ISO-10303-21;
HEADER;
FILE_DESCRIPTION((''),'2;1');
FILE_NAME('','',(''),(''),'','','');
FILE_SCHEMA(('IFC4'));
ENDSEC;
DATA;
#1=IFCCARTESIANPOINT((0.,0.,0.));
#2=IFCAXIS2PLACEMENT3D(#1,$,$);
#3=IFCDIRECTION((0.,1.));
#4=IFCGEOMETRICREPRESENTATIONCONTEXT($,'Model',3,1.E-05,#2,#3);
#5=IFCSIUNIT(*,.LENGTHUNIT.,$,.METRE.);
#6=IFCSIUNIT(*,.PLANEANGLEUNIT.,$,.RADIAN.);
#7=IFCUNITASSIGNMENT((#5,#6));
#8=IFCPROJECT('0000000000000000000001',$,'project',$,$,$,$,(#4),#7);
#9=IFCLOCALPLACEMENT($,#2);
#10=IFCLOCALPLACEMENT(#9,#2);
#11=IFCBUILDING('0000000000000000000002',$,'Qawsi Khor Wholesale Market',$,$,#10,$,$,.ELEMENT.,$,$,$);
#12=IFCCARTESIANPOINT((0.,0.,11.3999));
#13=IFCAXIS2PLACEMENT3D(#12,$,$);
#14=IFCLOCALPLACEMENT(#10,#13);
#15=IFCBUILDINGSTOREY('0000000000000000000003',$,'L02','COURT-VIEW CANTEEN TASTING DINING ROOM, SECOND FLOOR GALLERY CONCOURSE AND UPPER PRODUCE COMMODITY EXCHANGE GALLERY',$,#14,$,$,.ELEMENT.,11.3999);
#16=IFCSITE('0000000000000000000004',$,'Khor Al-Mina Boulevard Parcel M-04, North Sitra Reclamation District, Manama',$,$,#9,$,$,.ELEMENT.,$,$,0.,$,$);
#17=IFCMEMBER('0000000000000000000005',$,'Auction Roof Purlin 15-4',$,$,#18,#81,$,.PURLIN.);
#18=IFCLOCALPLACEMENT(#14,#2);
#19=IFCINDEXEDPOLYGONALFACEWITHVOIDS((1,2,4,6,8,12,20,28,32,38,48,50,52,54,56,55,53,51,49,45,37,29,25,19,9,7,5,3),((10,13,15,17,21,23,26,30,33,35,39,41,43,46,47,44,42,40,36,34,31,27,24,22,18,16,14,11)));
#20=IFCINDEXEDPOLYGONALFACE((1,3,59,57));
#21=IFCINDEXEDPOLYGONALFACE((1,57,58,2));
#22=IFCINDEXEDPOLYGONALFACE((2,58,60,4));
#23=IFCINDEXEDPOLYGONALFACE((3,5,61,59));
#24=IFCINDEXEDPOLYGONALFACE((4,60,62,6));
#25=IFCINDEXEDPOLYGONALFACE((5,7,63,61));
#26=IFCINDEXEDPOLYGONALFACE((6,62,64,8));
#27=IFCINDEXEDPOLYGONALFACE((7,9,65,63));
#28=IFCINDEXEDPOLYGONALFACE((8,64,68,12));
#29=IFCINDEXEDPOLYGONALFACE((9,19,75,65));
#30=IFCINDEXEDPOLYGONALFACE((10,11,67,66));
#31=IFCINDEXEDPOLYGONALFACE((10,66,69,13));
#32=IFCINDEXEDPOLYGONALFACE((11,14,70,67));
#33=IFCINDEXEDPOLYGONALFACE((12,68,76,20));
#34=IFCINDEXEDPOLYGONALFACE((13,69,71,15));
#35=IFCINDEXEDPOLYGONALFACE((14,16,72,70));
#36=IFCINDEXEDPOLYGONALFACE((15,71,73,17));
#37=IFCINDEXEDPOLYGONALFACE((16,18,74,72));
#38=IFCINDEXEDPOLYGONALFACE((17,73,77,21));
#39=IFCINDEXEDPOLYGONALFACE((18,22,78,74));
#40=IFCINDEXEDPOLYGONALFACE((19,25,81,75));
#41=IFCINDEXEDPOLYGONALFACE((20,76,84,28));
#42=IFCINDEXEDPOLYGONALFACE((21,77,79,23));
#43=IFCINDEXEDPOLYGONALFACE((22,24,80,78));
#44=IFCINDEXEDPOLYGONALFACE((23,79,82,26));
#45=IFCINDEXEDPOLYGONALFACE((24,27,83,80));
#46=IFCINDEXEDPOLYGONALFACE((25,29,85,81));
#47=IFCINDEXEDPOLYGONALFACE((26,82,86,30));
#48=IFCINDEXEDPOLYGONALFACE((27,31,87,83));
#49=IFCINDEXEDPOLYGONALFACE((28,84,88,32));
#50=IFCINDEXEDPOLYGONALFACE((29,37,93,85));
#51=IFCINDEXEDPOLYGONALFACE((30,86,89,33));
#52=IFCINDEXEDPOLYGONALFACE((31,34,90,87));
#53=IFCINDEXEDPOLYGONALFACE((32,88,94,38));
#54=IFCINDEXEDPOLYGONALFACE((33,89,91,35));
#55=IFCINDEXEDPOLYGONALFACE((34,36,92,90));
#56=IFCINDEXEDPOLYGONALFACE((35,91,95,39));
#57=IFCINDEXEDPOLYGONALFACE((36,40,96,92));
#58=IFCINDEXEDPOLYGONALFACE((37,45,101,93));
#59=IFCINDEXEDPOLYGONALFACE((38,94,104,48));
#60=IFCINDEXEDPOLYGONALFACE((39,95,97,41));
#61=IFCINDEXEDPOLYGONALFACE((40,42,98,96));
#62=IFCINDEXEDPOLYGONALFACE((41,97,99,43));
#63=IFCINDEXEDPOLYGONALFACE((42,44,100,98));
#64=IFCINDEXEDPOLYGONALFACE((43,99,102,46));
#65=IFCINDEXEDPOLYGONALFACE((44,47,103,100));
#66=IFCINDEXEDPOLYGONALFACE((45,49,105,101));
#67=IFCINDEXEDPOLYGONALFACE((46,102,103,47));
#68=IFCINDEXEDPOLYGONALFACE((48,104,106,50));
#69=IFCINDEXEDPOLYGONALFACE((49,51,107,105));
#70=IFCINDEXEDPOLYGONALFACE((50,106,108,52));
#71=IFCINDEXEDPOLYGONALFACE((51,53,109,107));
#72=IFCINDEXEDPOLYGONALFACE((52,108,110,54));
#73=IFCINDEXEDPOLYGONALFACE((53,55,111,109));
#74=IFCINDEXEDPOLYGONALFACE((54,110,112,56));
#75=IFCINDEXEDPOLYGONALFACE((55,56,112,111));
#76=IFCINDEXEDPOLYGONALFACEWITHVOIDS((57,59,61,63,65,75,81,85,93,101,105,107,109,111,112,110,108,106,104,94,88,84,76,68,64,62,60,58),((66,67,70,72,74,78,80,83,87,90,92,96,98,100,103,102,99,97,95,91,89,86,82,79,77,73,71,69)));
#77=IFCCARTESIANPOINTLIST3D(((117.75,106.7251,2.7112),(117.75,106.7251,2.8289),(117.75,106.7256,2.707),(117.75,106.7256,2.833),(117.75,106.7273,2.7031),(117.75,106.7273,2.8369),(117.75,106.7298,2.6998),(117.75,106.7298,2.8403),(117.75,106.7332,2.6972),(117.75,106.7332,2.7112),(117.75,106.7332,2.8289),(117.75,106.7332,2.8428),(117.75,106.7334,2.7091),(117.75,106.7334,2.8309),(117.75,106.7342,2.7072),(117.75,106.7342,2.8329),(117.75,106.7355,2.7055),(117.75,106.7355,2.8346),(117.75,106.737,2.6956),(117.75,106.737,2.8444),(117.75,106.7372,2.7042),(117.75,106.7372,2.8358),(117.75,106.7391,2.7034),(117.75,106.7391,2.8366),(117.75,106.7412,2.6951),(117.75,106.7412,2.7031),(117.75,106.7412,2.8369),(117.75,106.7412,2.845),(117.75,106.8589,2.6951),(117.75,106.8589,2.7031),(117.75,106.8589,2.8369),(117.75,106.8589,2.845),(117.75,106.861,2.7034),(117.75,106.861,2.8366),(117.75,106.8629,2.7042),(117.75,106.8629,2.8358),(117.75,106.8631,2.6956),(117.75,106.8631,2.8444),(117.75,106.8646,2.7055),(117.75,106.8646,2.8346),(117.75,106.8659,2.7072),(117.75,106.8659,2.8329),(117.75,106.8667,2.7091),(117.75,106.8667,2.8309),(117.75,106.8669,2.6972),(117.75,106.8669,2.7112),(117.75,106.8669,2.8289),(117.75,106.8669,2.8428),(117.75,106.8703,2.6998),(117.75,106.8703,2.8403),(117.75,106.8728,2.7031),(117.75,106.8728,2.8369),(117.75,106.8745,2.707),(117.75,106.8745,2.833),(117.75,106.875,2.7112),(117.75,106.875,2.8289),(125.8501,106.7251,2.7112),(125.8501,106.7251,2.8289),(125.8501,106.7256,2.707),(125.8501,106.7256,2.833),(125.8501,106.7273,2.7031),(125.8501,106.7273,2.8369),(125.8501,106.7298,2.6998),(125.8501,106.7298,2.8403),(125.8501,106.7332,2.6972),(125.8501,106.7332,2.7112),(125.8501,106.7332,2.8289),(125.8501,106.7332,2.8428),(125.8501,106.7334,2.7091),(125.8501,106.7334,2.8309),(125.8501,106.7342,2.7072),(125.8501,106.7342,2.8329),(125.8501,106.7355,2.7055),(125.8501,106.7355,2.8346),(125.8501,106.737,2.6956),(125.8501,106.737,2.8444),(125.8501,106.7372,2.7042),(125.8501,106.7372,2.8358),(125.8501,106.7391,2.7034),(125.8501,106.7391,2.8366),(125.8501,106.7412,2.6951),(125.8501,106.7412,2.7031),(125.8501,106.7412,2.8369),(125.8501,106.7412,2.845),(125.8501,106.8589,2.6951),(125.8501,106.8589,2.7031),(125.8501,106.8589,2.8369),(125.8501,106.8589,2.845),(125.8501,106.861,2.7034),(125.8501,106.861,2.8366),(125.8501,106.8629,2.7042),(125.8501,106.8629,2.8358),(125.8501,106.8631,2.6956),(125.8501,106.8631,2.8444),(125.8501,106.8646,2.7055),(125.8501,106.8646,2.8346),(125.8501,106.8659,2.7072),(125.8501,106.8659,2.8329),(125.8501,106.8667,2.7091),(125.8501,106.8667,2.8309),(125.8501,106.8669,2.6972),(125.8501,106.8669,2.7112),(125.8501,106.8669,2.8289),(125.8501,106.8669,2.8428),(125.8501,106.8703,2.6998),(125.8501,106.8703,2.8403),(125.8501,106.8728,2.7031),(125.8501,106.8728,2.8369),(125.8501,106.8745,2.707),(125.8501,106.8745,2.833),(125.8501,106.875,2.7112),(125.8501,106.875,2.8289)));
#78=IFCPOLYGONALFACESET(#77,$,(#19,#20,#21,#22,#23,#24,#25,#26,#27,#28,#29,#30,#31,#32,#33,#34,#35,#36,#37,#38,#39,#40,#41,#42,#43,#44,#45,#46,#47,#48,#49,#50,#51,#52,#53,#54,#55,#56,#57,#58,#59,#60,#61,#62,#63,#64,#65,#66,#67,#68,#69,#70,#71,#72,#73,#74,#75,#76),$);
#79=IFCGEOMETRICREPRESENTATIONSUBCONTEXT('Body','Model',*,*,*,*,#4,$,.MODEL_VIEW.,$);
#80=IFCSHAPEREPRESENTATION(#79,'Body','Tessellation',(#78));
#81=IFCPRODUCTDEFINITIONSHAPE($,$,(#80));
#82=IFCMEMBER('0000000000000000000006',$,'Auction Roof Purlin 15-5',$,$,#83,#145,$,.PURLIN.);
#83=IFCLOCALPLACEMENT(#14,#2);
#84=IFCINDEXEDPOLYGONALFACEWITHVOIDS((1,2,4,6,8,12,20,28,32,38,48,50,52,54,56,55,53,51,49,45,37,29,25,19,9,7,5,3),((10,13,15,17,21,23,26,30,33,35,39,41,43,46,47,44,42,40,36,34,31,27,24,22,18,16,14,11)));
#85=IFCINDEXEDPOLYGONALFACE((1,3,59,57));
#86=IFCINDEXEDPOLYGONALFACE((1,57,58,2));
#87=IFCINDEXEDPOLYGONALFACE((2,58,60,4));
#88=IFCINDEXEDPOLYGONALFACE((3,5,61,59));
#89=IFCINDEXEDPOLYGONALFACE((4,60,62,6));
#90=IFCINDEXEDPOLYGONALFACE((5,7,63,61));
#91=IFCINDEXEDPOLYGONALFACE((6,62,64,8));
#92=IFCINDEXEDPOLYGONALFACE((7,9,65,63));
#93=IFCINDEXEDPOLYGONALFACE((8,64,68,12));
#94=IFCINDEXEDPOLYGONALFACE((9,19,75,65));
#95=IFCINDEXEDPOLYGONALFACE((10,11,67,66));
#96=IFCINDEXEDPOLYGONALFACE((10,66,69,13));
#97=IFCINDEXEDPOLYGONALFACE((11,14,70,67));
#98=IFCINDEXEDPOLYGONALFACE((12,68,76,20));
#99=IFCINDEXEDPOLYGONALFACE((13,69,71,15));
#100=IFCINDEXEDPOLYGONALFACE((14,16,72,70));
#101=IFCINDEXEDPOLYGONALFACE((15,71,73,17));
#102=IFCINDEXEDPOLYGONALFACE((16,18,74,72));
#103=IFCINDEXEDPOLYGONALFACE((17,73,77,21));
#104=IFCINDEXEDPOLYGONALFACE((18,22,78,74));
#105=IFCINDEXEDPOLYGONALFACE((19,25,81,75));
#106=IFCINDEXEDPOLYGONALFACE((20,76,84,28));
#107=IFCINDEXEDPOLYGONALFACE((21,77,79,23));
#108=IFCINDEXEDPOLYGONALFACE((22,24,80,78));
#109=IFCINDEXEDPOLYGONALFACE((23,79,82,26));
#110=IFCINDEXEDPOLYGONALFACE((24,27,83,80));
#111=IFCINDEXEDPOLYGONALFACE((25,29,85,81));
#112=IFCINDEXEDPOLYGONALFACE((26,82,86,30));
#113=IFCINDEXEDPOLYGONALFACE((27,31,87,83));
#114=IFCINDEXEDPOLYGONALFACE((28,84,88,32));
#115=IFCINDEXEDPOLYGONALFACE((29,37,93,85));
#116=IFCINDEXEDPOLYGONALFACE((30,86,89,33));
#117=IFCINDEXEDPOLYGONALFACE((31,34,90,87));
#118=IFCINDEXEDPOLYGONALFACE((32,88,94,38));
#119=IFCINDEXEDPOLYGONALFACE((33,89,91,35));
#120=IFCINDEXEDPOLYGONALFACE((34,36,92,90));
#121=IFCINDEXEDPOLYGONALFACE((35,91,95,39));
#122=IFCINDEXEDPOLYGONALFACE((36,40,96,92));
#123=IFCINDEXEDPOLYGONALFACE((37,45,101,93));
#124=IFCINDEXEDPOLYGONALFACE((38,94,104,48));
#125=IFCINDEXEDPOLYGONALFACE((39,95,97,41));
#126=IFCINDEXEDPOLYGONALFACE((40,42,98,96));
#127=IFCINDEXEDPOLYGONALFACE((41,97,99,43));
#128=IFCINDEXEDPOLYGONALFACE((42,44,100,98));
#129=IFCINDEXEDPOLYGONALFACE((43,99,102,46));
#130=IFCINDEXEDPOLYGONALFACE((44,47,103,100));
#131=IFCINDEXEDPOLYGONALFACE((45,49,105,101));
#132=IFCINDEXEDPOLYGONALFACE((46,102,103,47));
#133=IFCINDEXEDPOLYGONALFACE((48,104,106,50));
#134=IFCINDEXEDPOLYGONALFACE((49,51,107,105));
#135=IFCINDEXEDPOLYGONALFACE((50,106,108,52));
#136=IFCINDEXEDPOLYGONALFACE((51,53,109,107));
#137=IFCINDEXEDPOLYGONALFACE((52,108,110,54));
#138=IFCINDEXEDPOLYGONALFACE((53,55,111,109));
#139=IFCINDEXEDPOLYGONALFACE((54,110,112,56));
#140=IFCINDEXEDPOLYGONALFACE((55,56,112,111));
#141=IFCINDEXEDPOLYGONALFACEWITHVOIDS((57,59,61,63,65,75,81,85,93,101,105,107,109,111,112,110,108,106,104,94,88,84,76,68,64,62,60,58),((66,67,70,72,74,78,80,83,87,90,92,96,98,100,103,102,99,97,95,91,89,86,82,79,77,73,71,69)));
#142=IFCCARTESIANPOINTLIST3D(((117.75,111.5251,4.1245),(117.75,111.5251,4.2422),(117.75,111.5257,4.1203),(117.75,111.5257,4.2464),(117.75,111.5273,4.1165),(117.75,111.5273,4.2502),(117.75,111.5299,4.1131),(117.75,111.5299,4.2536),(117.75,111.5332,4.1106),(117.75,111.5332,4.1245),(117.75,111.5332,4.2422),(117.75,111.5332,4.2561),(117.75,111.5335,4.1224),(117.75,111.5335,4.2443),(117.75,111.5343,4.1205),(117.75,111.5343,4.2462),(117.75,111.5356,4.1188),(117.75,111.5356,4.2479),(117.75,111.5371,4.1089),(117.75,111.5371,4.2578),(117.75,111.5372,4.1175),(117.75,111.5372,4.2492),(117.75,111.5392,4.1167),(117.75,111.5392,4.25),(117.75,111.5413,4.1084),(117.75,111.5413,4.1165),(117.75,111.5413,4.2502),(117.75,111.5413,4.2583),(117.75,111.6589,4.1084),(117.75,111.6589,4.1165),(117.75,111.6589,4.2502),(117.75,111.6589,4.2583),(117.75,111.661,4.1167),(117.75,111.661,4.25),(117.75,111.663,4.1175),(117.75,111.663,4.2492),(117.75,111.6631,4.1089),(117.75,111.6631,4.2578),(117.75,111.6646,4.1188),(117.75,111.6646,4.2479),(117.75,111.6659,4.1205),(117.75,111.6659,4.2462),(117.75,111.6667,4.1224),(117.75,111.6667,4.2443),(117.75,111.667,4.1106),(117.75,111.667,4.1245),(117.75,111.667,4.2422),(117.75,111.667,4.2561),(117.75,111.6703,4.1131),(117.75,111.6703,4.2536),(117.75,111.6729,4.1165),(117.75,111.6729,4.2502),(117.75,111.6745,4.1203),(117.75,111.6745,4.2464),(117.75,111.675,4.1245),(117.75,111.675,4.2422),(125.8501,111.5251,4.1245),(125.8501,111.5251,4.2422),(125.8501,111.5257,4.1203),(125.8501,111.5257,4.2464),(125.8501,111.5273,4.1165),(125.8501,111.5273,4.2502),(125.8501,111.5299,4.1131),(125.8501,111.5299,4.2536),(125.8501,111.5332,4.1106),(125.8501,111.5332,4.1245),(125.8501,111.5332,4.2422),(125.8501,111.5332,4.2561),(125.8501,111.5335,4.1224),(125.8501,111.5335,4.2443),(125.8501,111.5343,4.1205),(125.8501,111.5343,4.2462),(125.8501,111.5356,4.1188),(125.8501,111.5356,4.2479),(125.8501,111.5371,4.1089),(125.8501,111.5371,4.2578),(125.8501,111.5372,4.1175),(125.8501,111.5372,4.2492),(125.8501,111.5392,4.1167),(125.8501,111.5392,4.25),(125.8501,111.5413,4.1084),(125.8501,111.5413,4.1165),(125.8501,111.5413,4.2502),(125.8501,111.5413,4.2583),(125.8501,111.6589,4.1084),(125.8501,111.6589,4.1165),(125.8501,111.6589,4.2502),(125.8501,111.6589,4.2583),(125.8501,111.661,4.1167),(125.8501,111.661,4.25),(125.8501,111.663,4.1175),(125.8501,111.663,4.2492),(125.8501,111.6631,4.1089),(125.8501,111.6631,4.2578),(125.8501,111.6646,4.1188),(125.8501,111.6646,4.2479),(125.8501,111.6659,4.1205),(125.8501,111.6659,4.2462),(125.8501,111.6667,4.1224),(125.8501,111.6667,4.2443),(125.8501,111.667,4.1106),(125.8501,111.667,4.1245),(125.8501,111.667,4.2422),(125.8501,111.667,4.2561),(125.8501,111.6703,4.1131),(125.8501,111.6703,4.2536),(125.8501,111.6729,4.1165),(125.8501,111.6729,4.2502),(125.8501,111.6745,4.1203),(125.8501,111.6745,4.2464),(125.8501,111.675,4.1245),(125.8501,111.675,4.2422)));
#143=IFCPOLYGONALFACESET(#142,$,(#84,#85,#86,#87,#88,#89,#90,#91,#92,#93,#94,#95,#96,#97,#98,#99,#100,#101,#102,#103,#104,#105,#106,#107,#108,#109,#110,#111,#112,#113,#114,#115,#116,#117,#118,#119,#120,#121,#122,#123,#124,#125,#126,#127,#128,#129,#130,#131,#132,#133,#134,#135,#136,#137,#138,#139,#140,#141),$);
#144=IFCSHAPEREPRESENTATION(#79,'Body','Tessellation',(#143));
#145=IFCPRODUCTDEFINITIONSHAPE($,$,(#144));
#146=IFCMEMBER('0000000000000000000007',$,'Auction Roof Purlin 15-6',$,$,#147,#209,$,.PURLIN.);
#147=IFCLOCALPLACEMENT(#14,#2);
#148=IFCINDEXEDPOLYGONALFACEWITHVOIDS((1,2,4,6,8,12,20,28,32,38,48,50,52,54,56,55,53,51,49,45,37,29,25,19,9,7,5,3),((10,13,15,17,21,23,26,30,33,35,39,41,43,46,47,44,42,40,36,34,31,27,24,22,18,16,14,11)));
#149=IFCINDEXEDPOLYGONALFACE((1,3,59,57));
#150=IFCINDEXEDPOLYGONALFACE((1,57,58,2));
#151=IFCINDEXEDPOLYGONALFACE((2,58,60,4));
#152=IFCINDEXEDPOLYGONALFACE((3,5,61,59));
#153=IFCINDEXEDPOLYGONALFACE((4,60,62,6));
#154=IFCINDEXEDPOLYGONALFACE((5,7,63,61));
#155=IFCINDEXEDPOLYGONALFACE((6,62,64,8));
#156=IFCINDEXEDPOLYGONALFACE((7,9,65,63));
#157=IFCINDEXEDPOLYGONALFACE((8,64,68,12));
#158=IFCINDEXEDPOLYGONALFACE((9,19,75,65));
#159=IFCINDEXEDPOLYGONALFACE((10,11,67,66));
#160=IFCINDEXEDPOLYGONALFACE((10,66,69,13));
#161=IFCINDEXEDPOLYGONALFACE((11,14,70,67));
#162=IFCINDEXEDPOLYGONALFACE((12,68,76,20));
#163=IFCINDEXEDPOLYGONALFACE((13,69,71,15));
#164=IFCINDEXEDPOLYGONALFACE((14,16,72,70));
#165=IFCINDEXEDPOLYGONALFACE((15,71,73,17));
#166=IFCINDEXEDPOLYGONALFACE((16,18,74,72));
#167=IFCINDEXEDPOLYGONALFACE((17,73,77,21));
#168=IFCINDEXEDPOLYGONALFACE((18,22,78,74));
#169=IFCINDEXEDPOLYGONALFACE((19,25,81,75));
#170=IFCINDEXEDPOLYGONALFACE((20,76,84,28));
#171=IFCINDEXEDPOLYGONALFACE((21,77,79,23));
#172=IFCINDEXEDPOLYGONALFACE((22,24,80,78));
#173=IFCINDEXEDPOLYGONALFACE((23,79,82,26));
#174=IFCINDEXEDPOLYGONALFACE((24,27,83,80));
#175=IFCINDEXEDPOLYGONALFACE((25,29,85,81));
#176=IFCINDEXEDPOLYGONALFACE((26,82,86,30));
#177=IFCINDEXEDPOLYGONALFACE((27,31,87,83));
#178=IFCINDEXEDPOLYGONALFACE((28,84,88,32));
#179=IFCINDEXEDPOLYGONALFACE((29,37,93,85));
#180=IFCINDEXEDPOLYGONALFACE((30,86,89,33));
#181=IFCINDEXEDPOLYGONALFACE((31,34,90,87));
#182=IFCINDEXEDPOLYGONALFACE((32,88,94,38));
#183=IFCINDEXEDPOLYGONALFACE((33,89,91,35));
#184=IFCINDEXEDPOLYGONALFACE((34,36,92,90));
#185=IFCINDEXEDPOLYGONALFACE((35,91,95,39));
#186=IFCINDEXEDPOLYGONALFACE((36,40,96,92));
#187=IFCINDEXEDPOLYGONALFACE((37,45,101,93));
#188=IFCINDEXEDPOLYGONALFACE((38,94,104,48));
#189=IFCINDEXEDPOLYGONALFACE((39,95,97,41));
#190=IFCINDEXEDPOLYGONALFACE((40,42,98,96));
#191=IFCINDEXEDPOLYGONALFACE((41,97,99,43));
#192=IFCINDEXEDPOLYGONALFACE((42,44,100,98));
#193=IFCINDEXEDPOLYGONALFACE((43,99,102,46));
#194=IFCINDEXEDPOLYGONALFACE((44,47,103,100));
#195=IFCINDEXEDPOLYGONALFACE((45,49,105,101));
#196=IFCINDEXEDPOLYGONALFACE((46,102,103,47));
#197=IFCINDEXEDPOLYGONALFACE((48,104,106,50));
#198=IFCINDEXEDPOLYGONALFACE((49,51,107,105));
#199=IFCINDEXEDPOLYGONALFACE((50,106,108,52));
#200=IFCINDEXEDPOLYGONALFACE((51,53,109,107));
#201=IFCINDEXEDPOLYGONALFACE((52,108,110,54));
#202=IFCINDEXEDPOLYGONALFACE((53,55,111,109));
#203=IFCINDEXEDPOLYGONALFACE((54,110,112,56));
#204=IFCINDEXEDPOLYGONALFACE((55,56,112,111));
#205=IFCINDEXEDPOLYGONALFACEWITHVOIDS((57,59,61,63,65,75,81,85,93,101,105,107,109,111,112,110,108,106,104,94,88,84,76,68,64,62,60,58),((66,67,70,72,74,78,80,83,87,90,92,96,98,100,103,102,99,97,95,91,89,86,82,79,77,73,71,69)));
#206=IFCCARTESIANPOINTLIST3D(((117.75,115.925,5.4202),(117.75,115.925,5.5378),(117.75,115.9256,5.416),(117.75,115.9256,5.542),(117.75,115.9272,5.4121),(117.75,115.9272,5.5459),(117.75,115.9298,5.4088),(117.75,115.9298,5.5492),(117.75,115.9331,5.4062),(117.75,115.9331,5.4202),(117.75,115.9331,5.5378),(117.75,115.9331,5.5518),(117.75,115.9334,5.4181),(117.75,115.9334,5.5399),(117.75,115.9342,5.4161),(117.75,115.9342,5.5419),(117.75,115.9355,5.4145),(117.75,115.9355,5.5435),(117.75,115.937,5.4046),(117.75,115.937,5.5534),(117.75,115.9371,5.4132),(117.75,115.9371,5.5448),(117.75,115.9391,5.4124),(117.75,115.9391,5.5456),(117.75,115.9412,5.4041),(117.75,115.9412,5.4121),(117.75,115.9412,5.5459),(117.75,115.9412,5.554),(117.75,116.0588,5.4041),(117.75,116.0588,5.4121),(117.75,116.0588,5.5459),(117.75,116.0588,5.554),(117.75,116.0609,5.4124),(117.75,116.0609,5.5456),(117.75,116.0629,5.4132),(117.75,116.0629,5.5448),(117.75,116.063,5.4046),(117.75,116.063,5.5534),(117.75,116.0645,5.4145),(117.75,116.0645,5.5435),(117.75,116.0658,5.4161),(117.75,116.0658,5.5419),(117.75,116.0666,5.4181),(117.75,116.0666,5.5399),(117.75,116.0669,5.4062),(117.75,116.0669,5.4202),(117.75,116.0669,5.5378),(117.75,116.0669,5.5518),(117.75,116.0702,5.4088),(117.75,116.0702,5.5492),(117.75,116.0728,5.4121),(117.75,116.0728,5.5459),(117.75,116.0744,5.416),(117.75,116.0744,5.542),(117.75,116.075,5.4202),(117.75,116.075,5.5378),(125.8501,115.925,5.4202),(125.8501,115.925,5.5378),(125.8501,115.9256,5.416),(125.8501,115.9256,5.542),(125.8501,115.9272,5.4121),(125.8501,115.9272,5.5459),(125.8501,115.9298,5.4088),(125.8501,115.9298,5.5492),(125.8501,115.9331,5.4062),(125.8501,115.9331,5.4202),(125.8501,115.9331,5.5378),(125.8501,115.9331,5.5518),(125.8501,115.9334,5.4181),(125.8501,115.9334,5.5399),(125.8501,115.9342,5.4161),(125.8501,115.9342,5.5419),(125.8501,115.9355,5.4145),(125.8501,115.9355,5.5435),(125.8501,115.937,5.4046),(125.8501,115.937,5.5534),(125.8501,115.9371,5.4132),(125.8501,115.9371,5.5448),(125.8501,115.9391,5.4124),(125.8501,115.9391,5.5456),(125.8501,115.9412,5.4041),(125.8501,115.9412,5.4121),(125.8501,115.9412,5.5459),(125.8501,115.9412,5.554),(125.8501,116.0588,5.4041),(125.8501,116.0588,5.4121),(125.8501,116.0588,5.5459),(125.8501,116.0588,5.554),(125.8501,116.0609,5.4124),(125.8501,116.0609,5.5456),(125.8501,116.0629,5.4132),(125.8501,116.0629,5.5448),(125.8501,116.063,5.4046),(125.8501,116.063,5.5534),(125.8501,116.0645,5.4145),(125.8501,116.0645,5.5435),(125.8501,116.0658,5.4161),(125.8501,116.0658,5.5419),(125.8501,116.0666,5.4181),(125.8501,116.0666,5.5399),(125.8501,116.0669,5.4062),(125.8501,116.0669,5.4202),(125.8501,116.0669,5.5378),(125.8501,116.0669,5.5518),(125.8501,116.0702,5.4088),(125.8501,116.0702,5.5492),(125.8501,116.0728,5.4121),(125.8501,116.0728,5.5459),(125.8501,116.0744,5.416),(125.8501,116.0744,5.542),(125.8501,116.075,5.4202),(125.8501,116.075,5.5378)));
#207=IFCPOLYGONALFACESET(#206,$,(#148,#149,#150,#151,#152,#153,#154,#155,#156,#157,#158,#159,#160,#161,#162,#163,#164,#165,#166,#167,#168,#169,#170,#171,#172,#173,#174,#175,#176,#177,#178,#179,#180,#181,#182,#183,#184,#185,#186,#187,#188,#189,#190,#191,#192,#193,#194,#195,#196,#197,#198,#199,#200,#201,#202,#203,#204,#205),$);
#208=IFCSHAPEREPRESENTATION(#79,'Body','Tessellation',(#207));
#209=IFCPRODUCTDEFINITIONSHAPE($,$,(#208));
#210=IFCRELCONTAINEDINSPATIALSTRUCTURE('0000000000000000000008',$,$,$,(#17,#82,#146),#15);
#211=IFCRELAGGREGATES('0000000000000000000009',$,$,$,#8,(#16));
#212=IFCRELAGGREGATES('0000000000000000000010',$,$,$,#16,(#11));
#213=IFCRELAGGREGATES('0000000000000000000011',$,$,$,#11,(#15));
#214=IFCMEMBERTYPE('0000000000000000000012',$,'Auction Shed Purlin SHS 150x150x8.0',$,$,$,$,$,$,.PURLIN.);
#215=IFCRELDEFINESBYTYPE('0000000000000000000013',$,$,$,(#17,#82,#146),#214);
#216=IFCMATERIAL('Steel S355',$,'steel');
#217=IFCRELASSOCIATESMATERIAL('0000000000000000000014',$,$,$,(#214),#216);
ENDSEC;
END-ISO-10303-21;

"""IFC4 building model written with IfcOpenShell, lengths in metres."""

from ifc_helpers import new_model, si_unit, direction, frame, origin, origin_2d, place, context, subcontext, project, spatial, hollow_rectangle, extrude, material, material_profile, profile_set, type_object, element, save


model = new_model("IFC4")

# Units and contexts
model_context = context("Model", 3, precision=1e-05, world=origin(), true_north=direction((0.0, 1.0)))
body_context = subcontext(model_context, "Body", "Model", "MODEL_VIEW")
ifc_project = project(units=[si_unit("LENGTHUNIT", "METRE"), si_unit("PLANEANGLEUNIT", "RADIAN")], contexts=[model_context])

# Site, building, storey
site_placement = place(None, origin())
site = spatial("IfcSite", under=ifc_project, at=site_placement, Name="Khor Al-Mina Boulevard Parcel M-04, North Sitra Reclamation District, Manama", CompositionType="ELEMENT", RefElevation=0.0)
building_placement = place(site_placement, origin())
building = spatial("IfcBuilding", under=site, at=building_placement, Name="Qawsi Khor Wholesale Market", CompositionType="ELEMENT")
storey_placement = place(building_placement, frame((0.0, 0.0, 11.3999)))
storey = spatial("IfcBuildingStorey", under=building, at=storey_placement, Name="L02", Description="COURT-VIEW CANTEEN TASTING DINING ROOM, SECOND FLOOR GALLERY CONCOURSE AND UPPER PRODUCE COMMODITY EXCHANGE GALLERY", CompositionType="ELEMENT", Elevation=11.3999)

# Members
ifc_material_1 = material(Name="Steel S355", Category="steel")
ifc_material_profile_1 = material_profile(ifc_material_1, hollow_rectangle(XDim=0.1499, YDim=0.1499, WallThickness=0.0081, InnerFilletRadius=0.0081, OuterFilletRadius=0.0161, at=origin_2d()), Name="SHS 150x150x8.0")
ifc_profile_set_1 = profile_set([ifc_material_profile_1], Name="Steel S355")
member_type_1 = type_object("IfcMemberType", Name="Auction Shed Purlin SHS 150x150x8.0", PredefinedType="PURLIN", material=ifc_profile_set_1)
for number, where, z_axis, x_axis, name in (
    (1, (117.75, 106.8, 2.77), (1.0, 0.0, 0.0), (0.0, 1.0, 0.0), "Auction Roof Purlin 15-4"),
    (2, (117.75, 111.6001, 4.1833), (1.0, 0.0, 0.0), (0.0, 1.0, 0.0), "Auction Roof Purlin 15-5"),
    (3, (117.75, 116.0, 5.479), (1.0, 0.0, 0.0), (0.0, 1.0, 0.0), "Auction Roof Purlin 15-6"),
):
    element("IfcMember", number, at=place(storey_placement, frame(where, z_axis=z_axis, x_axis=x_axis)), inside=storey, type_object=member_type_1, Name=name, PredefinedType="PURLIN", context=body_context, shape_type="SweptSolid", body=[
        extrude(hollow_rectangle(XDim=0.1499, YDim=0.1499, WallThickness=0.0081, InnerFilletRadius=0.0081, OuterFilletRadius=0.0161, at=origin_2d()), origin(), (0.0, 0.0, 1.0), 8.1001),
    ])

save(model, "model.ifc")
